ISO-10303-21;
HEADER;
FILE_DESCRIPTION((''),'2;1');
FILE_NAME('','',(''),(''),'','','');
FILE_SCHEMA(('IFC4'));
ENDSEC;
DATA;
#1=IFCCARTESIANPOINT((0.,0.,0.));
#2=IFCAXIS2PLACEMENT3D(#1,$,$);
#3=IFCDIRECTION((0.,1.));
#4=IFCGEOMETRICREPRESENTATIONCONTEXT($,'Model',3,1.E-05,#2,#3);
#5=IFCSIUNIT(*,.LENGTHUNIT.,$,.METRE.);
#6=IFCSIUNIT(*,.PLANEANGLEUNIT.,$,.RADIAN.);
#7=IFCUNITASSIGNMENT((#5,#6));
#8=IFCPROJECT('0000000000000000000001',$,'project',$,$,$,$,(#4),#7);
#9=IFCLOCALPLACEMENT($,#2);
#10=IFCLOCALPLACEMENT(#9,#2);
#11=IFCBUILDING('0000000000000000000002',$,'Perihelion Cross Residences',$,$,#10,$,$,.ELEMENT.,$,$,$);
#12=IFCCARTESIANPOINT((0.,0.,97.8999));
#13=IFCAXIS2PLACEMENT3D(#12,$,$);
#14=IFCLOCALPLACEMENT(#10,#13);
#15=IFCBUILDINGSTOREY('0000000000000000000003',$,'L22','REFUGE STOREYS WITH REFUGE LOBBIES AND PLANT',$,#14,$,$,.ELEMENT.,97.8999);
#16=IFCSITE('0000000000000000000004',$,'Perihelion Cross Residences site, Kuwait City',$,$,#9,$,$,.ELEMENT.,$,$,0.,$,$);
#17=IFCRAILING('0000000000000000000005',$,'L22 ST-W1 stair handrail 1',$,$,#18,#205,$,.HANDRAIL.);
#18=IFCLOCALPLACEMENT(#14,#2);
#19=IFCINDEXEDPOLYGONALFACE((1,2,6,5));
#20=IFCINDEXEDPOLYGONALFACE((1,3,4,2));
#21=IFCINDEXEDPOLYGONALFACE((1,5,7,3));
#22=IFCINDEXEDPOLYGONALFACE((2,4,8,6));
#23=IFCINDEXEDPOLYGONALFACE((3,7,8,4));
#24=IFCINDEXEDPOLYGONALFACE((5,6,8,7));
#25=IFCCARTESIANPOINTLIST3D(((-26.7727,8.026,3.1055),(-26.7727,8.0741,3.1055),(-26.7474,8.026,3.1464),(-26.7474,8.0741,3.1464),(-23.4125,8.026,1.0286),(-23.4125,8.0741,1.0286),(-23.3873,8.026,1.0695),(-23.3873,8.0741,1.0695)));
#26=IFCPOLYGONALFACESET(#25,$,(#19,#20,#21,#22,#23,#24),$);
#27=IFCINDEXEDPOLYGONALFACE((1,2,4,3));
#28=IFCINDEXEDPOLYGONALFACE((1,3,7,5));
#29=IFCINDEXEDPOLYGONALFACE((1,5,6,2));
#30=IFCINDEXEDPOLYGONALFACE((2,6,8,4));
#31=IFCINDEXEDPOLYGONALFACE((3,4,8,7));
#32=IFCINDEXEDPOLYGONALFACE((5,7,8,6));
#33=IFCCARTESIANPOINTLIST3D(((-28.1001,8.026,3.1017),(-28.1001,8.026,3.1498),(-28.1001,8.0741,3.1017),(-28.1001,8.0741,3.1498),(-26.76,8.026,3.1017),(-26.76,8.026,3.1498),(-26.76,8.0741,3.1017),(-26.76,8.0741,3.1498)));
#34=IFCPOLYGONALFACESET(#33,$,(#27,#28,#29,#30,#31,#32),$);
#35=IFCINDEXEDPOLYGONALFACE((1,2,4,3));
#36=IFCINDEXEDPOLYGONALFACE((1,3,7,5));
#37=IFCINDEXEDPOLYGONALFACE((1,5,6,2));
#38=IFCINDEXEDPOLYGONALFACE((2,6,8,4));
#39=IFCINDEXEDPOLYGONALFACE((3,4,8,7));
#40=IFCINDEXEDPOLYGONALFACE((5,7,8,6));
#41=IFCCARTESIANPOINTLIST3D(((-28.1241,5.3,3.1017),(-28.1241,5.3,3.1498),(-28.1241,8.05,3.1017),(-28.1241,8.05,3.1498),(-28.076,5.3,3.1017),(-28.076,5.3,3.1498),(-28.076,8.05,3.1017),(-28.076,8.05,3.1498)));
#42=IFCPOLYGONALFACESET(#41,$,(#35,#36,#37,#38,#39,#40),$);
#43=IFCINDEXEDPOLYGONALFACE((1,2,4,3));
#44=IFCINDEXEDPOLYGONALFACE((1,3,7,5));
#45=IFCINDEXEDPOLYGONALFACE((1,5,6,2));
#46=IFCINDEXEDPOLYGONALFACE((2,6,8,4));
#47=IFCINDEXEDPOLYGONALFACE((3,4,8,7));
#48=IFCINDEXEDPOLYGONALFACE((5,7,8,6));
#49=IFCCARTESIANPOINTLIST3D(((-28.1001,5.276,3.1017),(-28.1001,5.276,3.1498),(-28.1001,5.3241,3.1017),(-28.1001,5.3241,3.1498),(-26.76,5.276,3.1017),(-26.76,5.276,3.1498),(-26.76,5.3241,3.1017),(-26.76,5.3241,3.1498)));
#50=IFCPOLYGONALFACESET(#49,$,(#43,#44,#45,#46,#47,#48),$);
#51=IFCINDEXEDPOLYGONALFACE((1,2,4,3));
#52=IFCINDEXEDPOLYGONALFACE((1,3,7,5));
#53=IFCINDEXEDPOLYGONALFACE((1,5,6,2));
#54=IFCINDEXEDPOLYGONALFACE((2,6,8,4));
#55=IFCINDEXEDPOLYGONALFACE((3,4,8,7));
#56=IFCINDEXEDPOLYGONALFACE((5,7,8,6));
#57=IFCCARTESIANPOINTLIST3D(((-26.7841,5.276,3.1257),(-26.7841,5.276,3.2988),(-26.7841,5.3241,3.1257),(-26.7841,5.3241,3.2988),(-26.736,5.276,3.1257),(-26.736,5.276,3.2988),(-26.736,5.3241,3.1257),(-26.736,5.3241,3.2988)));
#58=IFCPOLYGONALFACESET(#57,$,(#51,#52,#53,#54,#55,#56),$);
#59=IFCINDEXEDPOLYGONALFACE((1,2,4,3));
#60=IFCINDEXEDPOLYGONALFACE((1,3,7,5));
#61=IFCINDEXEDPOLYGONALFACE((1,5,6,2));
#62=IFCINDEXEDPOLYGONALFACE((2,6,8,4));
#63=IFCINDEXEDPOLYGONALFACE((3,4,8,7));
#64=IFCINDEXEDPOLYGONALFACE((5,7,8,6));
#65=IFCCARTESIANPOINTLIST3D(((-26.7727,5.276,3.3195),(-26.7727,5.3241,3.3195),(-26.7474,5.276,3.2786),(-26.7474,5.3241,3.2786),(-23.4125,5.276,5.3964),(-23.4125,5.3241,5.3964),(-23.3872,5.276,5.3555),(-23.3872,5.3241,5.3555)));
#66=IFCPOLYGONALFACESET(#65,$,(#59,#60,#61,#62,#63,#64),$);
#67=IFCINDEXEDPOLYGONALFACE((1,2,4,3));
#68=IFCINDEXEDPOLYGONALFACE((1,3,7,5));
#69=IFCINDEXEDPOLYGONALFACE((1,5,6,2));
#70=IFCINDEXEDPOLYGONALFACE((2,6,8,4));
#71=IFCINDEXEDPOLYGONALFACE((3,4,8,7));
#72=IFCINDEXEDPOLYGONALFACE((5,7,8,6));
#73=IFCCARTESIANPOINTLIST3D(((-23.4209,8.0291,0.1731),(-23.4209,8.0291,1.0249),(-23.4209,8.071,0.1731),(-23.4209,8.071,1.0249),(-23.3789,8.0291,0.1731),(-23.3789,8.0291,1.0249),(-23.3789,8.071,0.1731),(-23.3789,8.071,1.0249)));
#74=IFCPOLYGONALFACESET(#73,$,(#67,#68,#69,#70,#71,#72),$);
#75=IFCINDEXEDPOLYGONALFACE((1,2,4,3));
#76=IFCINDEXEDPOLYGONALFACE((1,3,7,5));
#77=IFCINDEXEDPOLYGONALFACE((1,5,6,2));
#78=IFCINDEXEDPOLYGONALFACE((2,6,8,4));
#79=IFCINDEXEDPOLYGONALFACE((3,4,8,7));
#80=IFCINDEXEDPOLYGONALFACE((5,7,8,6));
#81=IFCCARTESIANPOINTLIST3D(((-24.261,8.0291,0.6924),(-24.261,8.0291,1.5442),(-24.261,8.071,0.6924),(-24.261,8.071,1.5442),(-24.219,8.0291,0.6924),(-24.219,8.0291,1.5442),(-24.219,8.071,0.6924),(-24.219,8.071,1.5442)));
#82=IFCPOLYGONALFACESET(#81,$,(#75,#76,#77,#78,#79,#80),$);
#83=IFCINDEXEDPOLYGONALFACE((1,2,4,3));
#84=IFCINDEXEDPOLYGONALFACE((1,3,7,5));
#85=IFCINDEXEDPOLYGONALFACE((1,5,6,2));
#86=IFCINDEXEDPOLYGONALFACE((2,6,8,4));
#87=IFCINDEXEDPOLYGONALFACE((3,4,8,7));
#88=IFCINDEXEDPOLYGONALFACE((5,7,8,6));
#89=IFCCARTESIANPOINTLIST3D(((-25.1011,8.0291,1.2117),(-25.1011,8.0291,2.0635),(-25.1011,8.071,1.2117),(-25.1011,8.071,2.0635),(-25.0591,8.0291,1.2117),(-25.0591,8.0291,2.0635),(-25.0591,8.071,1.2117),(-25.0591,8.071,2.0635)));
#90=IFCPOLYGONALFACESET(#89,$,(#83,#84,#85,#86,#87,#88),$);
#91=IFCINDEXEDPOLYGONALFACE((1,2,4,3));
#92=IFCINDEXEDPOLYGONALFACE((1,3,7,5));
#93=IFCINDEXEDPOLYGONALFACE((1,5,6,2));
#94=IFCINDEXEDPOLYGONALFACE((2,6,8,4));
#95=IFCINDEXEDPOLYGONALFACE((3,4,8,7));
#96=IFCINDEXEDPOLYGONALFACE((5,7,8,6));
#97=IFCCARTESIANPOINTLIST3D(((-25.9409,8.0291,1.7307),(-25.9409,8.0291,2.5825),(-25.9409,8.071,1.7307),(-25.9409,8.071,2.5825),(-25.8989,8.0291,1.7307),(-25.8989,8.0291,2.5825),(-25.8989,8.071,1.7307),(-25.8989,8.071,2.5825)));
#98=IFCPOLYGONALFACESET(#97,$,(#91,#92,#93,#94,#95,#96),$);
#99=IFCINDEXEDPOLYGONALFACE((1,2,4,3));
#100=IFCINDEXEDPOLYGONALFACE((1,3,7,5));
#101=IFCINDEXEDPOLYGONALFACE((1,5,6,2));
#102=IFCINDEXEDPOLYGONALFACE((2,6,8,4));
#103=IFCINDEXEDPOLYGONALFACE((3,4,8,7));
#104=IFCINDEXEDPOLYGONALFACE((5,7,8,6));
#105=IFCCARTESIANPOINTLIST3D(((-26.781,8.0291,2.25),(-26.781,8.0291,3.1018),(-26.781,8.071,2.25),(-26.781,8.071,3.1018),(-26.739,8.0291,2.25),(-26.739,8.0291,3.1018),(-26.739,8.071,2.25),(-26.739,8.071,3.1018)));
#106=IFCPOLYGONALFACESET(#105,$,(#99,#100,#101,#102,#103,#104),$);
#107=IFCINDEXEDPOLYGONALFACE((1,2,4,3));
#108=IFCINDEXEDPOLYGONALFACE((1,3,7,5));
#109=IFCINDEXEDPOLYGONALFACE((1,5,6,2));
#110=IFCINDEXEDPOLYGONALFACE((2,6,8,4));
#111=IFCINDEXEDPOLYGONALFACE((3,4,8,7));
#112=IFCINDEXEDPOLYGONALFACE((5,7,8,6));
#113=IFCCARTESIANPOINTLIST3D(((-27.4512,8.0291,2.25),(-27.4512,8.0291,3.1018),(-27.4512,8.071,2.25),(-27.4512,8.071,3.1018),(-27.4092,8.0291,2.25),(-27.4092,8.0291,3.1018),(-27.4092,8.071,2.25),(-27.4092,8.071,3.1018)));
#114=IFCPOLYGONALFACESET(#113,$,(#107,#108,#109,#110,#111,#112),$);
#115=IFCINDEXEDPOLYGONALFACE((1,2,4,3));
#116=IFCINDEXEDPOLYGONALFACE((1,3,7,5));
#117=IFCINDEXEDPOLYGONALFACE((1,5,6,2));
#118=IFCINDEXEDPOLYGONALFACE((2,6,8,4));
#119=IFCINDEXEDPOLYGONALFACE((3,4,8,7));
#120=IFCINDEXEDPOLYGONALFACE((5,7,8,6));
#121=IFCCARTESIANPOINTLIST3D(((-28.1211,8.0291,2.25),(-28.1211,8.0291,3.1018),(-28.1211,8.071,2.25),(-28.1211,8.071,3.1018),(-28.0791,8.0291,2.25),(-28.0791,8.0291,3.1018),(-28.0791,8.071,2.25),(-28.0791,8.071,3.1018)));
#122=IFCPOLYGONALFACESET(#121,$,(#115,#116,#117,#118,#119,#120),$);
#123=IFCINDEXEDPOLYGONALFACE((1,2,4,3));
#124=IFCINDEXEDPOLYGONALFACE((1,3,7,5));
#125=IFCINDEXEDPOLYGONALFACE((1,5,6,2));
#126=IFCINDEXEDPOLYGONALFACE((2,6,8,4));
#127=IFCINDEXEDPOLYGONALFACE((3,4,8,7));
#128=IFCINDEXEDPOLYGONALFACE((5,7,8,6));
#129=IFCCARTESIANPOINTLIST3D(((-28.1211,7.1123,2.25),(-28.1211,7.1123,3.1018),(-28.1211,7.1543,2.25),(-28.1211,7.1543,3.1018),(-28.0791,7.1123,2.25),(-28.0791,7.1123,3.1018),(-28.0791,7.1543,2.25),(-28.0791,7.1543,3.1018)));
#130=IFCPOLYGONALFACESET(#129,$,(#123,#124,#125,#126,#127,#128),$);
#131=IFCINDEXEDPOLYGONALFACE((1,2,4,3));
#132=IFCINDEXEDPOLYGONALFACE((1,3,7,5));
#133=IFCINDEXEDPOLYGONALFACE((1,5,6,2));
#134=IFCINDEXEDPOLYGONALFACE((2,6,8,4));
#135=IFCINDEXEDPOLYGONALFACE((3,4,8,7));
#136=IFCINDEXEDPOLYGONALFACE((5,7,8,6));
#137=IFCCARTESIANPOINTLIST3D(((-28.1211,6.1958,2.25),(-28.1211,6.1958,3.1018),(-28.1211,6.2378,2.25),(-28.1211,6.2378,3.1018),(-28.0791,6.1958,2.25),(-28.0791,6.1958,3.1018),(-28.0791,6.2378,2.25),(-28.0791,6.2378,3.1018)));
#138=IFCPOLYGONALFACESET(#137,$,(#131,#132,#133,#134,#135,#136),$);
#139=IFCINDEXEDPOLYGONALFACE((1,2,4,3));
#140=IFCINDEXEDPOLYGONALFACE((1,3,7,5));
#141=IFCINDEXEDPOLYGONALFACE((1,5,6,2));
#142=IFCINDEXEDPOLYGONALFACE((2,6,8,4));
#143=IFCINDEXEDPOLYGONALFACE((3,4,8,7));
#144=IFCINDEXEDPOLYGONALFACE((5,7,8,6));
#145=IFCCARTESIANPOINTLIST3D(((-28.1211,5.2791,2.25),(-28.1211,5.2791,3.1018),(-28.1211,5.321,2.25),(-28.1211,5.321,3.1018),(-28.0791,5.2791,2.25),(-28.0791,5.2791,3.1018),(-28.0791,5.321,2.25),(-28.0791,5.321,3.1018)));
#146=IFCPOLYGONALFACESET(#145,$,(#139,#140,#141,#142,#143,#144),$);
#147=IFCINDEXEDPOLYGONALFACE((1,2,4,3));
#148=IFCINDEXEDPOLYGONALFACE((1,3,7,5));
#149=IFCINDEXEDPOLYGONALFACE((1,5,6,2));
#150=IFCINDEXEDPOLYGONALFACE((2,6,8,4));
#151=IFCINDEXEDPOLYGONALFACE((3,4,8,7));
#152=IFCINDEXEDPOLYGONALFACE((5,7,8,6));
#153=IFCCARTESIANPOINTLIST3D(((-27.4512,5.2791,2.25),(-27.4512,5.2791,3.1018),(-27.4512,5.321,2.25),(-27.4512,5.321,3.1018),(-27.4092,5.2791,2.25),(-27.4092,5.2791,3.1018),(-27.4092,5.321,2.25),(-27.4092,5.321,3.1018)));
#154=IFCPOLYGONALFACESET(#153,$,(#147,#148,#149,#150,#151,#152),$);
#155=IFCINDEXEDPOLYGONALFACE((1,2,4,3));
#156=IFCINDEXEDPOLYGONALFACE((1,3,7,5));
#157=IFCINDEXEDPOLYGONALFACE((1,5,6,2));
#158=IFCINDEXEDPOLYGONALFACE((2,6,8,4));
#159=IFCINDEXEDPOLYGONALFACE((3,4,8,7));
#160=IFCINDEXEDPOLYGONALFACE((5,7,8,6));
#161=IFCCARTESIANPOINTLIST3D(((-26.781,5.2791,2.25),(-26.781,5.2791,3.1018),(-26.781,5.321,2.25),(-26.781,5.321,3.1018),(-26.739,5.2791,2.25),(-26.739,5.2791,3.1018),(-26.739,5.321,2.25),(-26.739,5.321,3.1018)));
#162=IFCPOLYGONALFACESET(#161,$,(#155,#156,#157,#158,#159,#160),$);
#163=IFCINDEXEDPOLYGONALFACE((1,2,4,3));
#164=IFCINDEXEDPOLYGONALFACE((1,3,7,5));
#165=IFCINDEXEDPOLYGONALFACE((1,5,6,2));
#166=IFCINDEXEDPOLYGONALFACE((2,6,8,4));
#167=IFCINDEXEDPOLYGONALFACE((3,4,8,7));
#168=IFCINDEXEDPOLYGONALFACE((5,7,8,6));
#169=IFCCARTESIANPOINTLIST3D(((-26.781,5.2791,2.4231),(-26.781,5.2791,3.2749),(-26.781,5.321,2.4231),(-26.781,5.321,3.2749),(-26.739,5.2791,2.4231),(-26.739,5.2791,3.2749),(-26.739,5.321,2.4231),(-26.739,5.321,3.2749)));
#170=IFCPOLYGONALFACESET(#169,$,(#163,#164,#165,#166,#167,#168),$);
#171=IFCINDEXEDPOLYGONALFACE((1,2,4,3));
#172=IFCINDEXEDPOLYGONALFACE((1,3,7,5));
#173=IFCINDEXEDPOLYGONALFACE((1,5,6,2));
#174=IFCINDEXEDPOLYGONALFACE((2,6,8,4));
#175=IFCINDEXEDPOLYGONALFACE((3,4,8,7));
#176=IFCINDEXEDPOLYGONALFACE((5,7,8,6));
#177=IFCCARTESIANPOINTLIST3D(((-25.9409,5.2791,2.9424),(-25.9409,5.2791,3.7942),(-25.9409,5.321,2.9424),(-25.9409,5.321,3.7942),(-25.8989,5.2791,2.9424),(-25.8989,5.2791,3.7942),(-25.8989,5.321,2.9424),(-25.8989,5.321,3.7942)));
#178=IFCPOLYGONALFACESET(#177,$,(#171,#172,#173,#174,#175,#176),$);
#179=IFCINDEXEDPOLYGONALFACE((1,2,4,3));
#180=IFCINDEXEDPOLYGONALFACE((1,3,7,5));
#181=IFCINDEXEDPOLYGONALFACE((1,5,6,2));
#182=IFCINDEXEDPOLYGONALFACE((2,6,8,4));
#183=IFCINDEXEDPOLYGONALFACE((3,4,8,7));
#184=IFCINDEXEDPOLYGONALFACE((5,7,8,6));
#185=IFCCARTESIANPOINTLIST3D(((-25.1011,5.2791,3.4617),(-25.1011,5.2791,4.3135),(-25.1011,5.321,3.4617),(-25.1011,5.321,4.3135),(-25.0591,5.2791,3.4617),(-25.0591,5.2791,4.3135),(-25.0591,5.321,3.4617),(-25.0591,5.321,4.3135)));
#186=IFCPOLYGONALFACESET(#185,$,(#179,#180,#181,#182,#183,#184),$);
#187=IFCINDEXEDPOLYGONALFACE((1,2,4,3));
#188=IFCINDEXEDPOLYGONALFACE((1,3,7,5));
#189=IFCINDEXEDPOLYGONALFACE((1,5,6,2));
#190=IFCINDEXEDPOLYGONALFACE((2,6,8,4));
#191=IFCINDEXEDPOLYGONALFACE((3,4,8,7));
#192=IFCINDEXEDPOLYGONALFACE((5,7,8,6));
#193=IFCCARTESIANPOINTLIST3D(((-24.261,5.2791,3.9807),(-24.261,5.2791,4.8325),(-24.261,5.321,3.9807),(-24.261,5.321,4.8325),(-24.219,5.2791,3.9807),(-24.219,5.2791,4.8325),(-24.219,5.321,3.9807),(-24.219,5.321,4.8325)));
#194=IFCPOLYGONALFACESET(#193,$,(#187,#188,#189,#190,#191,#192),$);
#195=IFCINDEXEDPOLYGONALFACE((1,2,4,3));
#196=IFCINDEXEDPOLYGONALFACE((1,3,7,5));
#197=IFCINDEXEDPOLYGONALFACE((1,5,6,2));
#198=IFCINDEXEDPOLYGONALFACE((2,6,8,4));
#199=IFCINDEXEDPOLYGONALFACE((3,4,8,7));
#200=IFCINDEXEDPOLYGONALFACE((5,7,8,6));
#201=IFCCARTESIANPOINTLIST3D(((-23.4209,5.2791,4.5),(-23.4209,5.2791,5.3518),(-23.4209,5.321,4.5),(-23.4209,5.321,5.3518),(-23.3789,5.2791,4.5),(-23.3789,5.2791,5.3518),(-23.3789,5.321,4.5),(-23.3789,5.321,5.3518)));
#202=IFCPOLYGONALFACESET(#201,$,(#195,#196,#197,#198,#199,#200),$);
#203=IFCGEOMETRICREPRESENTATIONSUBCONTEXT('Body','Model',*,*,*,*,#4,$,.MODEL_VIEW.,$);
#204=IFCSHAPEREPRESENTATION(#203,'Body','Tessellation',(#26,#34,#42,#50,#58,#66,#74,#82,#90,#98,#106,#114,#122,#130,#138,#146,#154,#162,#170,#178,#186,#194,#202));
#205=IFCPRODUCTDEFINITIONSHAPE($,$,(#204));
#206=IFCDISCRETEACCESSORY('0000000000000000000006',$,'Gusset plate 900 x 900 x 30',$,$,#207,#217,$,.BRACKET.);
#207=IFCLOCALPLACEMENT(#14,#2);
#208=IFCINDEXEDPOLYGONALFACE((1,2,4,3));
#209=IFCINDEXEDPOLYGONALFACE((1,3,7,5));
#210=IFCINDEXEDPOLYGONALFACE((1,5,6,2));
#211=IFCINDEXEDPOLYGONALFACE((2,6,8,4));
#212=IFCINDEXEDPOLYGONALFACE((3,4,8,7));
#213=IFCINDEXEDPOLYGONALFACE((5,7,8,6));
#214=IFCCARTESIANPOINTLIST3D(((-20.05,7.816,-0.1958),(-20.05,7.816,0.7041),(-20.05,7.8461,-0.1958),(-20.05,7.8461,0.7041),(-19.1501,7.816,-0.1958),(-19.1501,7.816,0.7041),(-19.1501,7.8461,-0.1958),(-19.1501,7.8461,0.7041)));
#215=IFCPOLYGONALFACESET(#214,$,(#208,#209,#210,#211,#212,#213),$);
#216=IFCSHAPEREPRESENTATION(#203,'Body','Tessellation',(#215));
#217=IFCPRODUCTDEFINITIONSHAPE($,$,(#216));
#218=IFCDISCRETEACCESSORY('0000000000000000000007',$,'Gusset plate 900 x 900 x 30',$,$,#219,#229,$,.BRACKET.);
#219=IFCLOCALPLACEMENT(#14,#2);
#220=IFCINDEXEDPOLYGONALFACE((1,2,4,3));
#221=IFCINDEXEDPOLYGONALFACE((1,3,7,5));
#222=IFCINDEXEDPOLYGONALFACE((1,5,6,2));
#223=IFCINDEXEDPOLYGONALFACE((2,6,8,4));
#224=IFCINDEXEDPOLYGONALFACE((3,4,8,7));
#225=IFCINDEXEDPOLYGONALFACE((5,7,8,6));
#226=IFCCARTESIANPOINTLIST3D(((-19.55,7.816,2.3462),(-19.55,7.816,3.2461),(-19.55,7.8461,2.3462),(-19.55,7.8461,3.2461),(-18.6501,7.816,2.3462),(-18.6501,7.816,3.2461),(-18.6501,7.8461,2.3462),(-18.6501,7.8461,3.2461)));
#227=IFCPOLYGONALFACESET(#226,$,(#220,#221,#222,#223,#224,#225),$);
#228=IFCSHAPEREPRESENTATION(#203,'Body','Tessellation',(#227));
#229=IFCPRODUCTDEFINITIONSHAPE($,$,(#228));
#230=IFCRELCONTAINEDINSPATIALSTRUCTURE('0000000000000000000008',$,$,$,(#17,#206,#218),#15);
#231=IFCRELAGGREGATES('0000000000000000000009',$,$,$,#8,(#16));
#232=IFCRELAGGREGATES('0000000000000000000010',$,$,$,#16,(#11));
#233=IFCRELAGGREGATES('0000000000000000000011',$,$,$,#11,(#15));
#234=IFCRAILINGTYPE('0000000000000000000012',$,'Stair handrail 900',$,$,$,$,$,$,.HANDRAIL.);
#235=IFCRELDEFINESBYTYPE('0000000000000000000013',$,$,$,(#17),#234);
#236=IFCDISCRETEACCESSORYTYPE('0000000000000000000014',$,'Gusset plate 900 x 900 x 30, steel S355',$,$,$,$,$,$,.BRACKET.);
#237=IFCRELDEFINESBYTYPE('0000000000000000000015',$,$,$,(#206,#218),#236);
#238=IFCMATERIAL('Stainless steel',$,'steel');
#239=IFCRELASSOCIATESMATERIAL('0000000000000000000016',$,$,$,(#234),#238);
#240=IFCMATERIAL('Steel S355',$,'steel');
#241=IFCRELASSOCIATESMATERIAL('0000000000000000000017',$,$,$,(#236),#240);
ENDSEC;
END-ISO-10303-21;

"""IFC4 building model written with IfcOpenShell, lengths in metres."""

from ifc_helpers import new_model, si_unit, direction, frame, origin, origin_2d, place, context, subcontext, project, spatial, rectangle, extrude, material, type_object, element, save


model = new_model("IFC4")

# Units and contexts
model_context = context("Model", 3, precision=1e-05, world=origin(), true_north=direction((0.0, 1.0)))
body_context = subcontext(model_context, "Body", "Model", "MODEL_VIEW")
ifc_project = project(units=[si_unit("LENGTHUNIT", "METRE"), si_unit("PLANEANGLEUNIT", "RADIAN")], contexts=[model_context])

# Site, building, storey
site_placement = place(None, origin())
site = spatial("IfcSite", under=ifc_project, at=site_placement, Name="Perihelion Cross Residences site, Kuwait City", CompositionType="ELEMENT", RefElevation=0.0)
building_placement = place(site_placement, origin())
building = spatial("IfcBuilding", under=site, at=building_placement, Name="Perihelion Cross Residences", CompositionType="ELEMENT")
storey_placement = place(building_placement, frame((0.0, 0.0, 97.8999)))
storey = spatial("IfcBuildingStorey", under=building, at=storey_placement, Name="L22", Description="REFUGE STOREYS WITH REFUGE LOBBIES AND PLANT", CompositionType="ELEMENT", Elevation=97.8999)

# Railing
ifc_material_1 = material(Name="Stainless steel", Category="steel")
railing_type_1 = type_object("IfcRailingType", Name="Stair handrail 900", PredefinedType="HANDRAIL", material=ifc_material_1)
railing_1_placement = place(storey_placement, frame((-23.3999, 8.05, 0.1731)))
element("IfcRailing", 1, at=railing_1_placement, inside=storey, type_object=railing_type_1, Name="L22 ST-W1 stair handrail 1", PredefinedType="HANDRAIL", context=body_context, shape_type="SweptSolid", body=[
    extrude(rectangle(XDim=0.0481, YDim=0.0481, at=origin_2d()), frame((0.0, 0.0, 0.876), z_axis=(-0.850623, 0.0, 0.525776), x_axis=(0.0, -1.0, 0.0)), (0.0, 0.0, 1.0), 3.9502),
    extrude(rectangle(XDim=0.0481, YDim=0.0481, at=origin_2d()), frame((-3.3601, 0.0, 2.9526), z_axis=(-1.0, 0.0, 0.0), x_axis=(0.0, -1.0, 0.0)), (0.0, 0.0, 1.0), 1.3401),
    extrude(rectangle(XDim=0.0481, YDim=0.0481, at=origin_2d()), frame((-4.7002, 0.0, 2.9526), z_axis=(0.0, -1.0, 0.0), x_axis=(1.0, 0.0, 0.0)), (0.0, 0.0, 1.0), 2.75),
    extrude(rectangle(XDim=0.0481, YDim=0.0481, at=origin_2d()), frame((-4.7002, -2.75, 2.9526), z_axis=(1.0, 0.0, 0.0), x_axis=(0.0, 1.0, 0.0)), (0.0, 0.0, 1.0), 1.3401),
    extrude(rectangle(XDim=0.0481, YDim=0.0481, at=origin_2d()), frame((-3.3601, -2.75, 2.9526), z_axis=(0.0, 0.0, 1.0), x_axis=(1.0, 0.0, 0.0)), (0.0, 0.0, 1.0), 0.1731),
    extrude(rectangle(XDim=0.0481, YDim=0.0481, at=origin_2d()), frame((-3.3601, -2.75, 3.126), z_axis=(0.850623, 0.0, 0.525776), x_axis=(0.0, 1.0, 0.0)), (0.0, 0.0, 1.0), 3.9502),
    extrude(rectangle(XDim=0.042, YDim=0.042, at=origin_2d()), origin(), (0.0, 0.0, 1.0), 0.8518),
    extrude(rectangle(XDim=0.042, YDim=0.042, at=origin_2d()), frame((-0.8401, 0.0, 0.5193)), (0.0, 0.0, 1.0), 0.8518),
    extrude(rectangle(XDim=0.042, YDim=0.042, at=origin_2d()), frame((-1.6802, 0.0, 1.0386)), (0.0, 0.0, 1.0), 0.8518),
    extrude(rectangle(XDim=0.042, YDim=0.042, at=origin_2d()), frame((-2.52, 0.0, 1.5576)), (0.0, 0.0, 1.0), 0.8518),
    extrude(rectangle(XDim=0.042, YDim=0.042, at=origin_2d()), frame((-3.3601, 0.0, 2.0769)), (0.0, 0.0, 1.0), 0.8518),
    extrude(rectangle(XDim=0.042, YDim=0.042, at=origin_2d()), frame((-4.0303, 0.0, 2.0769)), (0.0, 0.0, 1.0), 0.8518),
    extrude(rectangle(XDim=0.042, YDim=0.042, at=origin_2d()), frame((-4.7002, 0.0, 2.0769)), (0.0, 0.0, 1.0), 0.8518),
    extrude(rectangle(XDim=0.042, YDim=0.042, at=origin_2d()), frame((-4.7002, -0.9167, 2.0769)), (0.0, 0.0, 1.0), 0.8518),
    extrude(rectangle(XDim=0.042, YDim=0.042, at=origin_2d()), frame((-4.7002, -1.8333, 2.0769)), (0.0, 0.0, 1.0), 0.8518),
    extrude(rectangle(XDim=0.042, YDim=0.042, at=origin_2d()), frame((-4.7002, -2.75, 2.0769)), (0.0, 0.0, 1.0), 0.8518),
    extrude(rectangle(XDim=0.042, YDim=0.042, at=origin_2d()), frame((-4.0303, -2.75, 2.0769)), (0.0, 0.0, 1.0), 0.8518),
    extrude(rectangle(XDim=0.042, YDim=0.042, at=origin_2d()), frame((-3.3601, -2.75, 2.0769)), (0.0, 0.0, 1.0), 0.8518),
    extrude(rectangle(XDim=0.042, YDim=0.042, at=origin_2d()), frame((-3.3601, -2.75, 2.25)), (0.0, 0.0, 1.0), 0.8518),
    extrude(rectangle(XDim=0.042, YDim=0.042, at=origin_2d()), frame((-2.52, -2.75, 2.7693)), (0.0, 0.0, 1.0), 0.8518),
    extrude(rectangle(XDim=0.042, YDim=0.042, at=origin_2d()), frame((-1.6802, -2.75, 3.2886)), (0.0, 0.0, 1.0), 0.8518),
    extrude(rectangle(XDim=0.042, YDim=0.042, at=origin_2d()), frame((-0.8401, -2.75, 3.8076)), (0.0, 0.0, 1.0), 0.8518),
    extrude(rectangle(XDim=0.042, YDim=0.042, at=origin_2d()), frame((0.0, -2.75, 4.3269)), (0.0, 0.0, 1.0), 0.8518),
])

# Discrete accessories
ifc_material_2 = material(Name="Steel S355", Category="steel")
discrete_accessory_type = type_object("IfcDiscreteAccessoryType", Name="Gusset plate 900 x 900 x 30, steel S355", PredefinedType="BRACKET", material=ifc_material_2)
for number, where, z_axis, x_axis, name in (
    (2, (-19.6001, 7.8311, -0.1958), (0.0, 0.0, 1.0), (1.0, 0.0, 0.0), "Gusset plate 900 x 900 x 30"),
    (3, (-19.1001, 7.8311, 2.3462), (0.0, 0.0, 1.0), (-1.0, 0.0, 0.0), "Gusset plate 900 x 900 x 30"),
):
    element("IfcDiscreteAccessory", number, at=place(storey_placement, frame(where, z_axis=z_axis, x_axis=x_axis)), inside=storey, type_object=discrete_accessory_type, Name=name, PredefinedType="BRACKET", context=body_context, shape_type="SweptSolid", body=[
        extrude(rectangle(XDim=0.8999, YDim=0.03, at=origin_2d()), origin(), (0.0, 0.0, 1.0), 0.8999),
    ])

save(model, "model.ifc")
